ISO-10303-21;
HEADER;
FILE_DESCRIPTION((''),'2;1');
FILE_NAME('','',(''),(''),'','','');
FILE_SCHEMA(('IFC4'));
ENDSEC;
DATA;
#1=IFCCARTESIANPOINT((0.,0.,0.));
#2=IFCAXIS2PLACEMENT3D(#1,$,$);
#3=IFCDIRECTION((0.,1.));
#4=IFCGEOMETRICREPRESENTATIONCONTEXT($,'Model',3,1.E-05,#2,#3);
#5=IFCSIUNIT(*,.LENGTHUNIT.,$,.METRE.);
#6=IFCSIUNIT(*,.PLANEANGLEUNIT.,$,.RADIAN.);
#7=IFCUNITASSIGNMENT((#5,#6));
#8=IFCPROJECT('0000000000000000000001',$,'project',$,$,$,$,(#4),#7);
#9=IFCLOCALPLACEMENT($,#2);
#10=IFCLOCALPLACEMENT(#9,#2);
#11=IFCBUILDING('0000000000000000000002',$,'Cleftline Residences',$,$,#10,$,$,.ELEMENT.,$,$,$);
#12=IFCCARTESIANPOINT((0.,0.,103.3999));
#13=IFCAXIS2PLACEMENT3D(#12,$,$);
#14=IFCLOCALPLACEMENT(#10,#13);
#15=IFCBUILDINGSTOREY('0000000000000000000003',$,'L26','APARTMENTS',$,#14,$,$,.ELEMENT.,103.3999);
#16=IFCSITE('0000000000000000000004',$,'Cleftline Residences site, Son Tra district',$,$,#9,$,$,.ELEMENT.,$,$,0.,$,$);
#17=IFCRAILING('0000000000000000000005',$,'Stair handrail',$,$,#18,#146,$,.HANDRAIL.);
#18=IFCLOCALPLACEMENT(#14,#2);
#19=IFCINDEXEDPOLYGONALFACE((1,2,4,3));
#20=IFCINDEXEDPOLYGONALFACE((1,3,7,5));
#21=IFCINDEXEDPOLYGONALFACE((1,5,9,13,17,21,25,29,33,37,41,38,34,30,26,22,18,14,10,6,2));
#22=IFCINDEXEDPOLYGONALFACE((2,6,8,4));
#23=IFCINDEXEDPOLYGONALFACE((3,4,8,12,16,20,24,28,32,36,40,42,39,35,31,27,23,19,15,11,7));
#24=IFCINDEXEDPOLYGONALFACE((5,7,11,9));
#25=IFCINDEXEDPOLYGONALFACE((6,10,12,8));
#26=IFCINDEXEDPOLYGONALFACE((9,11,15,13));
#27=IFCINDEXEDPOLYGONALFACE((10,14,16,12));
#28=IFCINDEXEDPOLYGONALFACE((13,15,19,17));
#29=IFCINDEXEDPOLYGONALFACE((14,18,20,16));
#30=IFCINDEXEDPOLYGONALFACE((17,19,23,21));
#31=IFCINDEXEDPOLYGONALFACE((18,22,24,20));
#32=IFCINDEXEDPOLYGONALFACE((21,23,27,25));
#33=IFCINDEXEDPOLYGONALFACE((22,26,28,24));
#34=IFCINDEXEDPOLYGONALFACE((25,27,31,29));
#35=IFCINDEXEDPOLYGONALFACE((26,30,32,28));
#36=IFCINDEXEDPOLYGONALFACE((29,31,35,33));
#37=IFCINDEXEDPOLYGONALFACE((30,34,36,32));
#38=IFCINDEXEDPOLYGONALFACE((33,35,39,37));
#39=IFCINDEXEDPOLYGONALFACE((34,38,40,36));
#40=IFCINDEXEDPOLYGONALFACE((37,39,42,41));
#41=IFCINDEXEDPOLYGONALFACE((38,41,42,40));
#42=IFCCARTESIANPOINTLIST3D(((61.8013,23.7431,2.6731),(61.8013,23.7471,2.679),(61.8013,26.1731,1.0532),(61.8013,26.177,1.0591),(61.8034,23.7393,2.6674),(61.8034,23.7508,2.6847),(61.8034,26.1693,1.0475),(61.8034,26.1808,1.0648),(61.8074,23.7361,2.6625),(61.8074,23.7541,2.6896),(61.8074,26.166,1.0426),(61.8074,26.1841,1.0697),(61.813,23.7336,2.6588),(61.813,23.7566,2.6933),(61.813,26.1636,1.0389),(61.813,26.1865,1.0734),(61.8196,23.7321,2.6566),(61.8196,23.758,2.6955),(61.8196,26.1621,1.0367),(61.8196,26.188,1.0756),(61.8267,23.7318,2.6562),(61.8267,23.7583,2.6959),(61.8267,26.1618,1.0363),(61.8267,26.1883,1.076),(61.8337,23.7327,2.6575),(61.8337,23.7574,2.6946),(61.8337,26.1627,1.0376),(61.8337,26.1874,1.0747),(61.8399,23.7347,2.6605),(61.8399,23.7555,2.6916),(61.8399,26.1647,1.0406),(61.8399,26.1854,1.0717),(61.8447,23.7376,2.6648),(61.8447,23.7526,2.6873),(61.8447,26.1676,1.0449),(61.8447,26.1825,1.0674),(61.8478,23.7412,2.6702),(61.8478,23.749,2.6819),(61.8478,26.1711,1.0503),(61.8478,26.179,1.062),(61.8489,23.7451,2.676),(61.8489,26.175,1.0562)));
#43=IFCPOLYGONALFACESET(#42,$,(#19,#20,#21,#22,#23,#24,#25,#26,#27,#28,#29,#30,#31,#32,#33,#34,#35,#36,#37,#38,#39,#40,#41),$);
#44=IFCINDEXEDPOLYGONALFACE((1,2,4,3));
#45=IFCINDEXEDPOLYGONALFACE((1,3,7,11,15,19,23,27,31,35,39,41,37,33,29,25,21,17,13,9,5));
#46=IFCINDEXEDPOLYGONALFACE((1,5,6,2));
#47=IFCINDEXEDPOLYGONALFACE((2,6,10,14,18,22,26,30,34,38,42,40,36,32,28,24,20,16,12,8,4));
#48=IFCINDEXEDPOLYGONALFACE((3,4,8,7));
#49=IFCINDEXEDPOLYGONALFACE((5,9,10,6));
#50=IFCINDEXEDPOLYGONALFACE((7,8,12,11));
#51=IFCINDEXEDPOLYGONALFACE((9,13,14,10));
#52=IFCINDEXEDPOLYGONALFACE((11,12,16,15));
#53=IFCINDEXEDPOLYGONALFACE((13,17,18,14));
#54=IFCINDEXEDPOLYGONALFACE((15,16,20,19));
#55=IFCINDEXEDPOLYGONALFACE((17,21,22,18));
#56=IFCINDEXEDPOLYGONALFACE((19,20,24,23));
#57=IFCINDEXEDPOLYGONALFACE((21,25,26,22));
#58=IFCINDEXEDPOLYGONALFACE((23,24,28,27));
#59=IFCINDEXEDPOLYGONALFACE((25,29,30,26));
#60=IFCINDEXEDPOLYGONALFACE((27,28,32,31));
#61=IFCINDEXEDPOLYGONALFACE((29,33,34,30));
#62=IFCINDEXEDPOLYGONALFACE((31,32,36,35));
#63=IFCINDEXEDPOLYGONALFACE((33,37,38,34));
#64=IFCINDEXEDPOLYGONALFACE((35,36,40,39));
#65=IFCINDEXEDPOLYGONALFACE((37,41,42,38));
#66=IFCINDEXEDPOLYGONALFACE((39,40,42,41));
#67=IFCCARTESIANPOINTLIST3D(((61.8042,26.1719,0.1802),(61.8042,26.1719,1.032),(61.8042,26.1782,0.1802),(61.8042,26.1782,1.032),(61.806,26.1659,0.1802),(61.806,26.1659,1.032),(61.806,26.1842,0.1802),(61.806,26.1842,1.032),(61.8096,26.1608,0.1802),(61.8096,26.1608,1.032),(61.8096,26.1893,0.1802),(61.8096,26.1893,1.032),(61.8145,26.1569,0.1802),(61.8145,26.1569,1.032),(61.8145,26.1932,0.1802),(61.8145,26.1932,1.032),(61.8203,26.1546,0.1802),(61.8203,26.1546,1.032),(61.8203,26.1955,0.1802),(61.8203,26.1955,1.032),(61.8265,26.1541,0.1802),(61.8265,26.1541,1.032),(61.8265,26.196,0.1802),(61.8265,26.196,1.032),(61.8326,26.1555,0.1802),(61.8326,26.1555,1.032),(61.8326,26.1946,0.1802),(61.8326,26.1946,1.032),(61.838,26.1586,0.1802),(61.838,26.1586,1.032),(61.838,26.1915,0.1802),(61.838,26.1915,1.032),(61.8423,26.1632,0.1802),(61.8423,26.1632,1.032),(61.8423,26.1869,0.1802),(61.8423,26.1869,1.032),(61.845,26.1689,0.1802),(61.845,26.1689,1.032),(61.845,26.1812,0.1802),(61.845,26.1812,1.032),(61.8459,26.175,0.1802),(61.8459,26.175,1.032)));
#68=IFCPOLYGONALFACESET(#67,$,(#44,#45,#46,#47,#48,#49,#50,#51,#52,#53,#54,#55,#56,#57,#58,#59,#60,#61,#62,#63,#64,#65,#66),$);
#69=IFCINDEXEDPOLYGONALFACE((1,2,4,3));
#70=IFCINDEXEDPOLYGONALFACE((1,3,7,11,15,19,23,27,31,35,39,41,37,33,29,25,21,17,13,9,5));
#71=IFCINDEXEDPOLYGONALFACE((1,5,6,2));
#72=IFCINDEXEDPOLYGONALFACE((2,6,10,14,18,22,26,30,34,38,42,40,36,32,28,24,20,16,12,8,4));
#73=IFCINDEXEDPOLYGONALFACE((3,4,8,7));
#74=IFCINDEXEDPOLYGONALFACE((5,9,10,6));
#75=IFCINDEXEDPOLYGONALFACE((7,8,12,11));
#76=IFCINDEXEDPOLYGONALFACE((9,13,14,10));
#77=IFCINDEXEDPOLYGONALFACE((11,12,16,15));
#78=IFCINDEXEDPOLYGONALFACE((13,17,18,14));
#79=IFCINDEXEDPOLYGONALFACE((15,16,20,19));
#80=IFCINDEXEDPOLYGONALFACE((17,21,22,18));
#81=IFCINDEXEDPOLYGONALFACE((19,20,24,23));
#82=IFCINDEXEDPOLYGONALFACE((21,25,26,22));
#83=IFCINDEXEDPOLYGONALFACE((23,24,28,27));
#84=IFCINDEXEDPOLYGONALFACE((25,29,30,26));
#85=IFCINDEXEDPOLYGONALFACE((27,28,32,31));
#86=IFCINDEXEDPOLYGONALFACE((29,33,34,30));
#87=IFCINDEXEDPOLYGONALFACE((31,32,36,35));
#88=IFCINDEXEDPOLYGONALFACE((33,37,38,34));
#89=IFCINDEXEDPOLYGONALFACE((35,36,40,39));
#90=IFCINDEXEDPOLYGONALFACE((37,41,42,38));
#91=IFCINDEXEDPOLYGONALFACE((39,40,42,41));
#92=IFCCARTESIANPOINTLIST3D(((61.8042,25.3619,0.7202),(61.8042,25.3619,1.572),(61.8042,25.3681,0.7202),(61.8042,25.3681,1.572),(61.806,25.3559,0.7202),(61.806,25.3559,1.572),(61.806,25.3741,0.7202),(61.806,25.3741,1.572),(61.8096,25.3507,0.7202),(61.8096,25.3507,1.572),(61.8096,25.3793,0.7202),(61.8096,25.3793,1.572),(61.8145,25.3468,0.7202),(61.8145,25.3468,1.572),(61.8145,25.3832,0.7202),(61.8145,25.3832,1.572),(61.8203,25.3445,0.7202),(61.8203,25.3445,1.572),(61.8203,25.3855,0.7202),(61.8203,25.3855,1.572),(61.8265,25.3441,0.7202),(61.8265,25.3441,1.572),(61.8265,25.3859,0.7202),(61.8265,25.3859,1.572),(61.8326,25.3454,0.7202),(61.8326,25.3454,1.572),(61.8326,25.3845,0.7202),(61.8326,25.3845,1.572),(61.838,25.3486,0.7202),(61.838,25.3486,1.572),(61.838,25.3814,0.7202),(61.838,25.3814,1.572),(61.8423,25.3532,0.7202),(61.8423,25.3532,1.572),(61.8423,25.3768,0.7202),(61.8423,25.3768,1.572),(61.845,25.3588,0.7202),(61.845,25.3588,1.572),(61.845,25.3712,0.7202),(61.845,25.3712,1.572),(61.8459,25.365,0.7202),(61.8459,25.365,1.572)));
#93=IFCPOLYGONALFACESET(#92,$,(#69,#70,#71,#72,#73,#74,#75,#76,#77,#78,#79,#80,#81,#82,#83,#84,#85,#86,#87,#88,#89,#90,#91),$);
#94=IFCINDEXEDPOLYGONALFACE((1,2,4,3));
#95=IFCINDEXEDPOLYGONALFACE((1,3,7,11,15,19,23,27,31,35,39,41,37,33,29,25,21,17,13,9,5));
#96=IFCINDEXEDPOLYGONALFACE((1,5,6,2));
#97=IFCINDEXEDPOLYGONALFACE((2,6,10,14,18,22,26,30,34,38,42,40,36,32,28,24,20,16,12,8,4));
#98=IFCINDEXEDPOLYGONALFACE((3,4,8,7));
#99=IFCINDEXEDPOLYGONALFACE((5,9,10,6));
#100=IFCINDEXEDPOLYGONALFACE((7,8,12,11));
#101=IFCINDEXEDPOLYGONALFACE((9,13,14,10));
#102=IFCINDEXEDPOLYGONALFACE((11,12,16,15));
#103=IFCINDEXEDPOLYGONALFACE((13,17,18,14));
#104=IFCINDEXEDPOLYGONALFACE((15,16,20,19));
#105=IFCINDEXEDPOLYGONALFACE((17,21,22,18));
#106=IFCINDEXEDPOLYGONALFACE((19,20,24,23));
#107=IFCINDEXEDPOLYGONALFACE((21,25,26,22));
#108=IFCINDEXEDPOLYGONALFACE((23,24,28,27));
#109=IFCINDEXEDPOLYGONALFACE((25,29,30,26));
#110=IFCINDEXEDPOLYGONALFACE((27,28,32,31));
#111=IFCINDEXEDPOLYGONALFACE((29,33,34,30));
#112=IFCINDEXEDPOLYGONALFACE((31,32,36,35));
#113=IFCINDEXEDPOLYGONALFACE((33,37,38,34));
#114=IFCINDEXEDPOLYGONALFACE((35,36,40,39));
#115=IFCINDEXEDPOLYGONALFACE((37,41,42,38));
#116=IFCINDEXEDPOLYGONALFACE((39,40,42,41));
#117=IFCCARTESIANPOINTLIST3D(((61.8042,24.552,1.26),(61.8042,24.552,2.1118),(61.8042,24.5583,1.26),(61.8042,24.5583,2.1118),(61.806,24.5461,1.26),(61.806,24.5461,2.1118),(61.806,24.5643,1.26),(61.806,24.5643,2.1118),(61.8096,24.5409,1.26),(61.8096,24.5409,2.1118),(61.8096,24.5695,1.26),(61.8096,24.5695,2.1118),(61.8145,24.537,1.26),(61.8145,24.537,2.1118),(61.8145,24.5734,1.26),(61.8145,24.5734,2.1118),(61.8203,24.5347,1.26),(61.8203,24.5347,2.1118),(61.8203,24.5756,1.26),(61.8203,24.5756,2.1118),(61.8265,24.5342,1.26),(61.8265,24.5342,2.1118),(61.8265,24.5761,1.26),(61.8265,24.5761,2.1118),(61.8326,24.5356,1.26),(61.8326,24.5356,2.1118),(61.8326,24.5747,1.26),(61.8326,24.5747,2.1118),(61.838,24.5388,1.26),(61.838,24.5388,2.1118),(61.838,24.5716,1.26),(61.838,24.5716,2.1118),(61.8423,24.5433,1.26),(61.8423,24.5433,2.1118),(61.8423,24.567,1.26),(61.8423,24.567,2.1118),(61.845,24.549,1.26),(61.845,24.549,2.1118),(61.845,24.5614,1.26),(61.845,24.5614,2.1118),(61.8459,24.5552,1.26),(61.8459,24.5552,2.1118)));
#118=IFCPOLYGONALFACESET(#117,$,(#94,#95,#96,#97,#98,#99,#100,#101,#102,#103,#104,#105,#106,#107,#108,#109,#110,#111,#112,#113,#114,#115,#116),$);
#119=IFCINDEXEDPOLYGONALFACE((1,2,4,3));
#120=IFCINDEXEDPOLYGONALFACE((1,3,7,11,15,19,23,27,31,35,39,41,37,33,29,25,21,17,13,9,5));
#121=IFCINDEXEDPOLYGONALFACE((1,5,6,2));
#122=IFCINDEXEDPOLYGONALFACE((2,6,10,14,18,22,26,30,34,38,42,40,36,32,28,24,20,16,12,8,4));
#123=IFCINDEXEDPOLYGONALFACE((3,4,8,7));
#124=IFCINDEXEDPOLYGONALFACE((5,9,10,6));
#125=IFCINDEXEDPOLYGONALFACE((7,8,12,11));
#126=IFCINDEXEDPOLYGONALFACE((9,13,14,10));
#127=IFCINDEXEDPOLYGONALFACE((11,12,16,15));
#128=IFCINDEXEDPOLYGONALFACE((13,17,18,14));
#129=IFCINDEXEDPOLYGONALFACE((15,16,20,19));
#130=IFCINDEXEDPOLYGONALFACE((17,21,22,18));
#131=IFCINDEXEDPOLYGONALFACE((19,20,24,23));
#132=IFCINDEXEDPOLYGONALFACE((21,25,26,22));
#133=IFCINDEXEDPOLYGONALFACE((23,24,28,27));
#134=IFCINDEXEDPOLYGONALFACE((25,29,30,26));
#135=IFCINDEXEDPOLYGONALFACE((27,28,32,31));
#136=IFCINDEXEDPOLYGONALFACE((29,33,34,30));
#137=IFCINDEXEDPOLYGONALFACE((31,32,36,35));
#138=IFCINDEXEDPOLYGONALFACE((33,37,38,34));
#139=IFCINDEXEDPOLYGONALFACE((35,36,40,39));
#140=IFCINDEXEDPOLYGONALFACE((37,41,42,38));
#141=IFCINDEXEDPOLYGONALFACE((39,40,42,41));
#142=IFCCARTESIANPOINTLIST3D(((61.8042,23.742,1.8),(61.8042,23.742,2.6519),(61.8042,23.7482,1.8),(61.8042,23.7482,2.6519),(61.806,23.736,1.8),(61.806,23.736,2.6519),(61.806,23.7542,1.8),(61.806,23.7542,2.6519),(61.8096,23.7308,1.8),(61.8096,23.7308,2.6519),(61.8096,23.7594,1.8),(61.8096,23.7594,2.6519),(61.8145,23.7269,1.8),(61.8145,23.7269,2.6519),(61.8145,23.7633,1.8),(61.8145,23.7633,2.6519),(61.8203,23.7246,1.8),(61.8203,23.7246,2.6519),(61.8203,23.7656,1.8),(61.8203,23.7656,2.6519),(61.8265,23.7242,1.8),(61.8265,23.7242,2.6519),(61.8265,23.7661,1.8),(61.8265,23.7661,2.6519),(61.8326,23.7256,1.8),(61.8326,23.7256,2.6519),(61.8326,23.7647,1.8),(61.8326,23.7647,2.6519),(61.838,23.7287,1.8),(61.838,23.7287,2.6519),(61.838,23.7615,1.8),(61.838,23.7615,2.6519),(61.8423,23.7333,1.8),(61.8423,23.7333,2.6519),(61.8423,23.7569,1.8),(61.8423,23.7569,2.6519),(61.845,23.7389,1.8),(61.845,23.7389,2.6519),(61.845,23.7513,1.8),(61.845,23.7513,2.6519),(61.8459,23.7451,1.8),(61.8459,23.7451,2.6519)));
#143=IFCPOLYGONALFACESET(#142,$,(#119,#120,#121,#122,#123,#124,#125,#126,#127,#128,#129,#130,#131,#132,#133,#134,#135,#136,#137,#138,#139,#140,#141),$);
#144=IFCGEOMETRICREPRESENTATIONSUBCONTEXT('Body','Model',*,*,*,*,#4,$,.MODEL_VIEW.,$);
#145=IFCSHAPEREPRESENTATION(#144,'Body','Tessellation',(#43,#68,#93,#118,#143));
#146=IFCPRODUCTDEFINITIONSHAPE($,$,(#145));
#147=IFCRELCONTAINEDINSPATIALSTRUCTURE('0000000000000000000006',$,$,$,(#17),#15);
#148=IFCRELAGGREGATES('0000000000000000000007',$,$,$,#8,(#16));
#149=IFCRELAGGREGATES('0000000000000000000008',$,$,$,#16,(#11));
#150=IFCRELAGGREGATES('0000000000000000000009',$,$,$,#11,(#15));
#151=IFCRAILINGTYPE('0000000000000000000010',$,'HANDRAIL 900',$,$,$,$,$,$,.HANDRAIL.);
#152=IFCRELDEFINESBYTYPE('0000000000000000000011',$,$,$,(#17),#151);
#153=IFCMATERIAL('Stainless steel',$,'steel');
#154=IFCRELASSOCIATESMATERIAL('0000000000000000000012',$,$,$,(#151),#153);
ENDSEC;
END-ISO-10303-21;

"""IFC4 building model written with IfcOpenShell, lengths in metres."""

from ifc_helpers import new_model, si_unit, direction, frame, origin, origin_2d, place, context, subcontext, project, spatial, circle, extrude, material, type_object, element, save


model = new_model("IFC4")

# Units and contexts
model_context = context("Model", 3, precision=1e-05, world=origin(), true_north=direction((0.0, 1.0)))
body_context = subcontext(model_context, "Body", "Model", "MODEL_VIEW")
ifc_project = project(units=[si_unit("LENGTHUNIT", "METRE"), si_unit("PLANEANGLEUNIT", "RADIAN")], contexts=[model_context])

# Site, building, storey
site_placement = place(None, origin())
site = spatial("IfcSite", under=ifc_project, at=site_placement, Name="Cleftline Residences site, Son Tra district", CompositionType="ELEMENT", RefElevation=0.0)
building_placement = place(site_placement, origin())
building = spatial("IfcBuilding", under=site, at=building_placement, Name="Cleftline Residences", CompositionType="ELEMENT")
storey_placement = place(building_placement, frame((0.0, 0.0, 103.3999)))
storey = spatial("IfcBuildingStorey", under=building, at=storey_placement, Name="L26", Description="APARTMENTS", CompositionType="ELEMENT", Elevation=103.3999)

# Railing
ifc_material_1 = material(Name="Stainless steel", Category="steel")
railing_type = type_object("IfcRailingType", Name="HANDRAIL 900", PredefinedType="HANDRAIL", material=ifc_material_1)
railing_placement = place(storey_placement, frame((61.825, 26.175, 0.1802)))
element("IfcRailing", 1, at=railing_placement, inside=storey, type_object=railing_type, Name="Stair handrail", PredefinedType="HANDRAIL", context=body_context, shape_type="SweptSolid", body=[
    extrude(circle(Radius=0.0239, at=origin_2d()), frame((0.0, 0.0, 0.876), z_axis=(0.0, -0.832063, 0.554681), x_axis=(1.0, 0.0, 0.0)), (0.0, 0.0, 1.0), 2.9204),
    extrude(circle(Radius=0.021, at=origin_2d()), origin(), (0.0, 0.0, 1.0), 0.8518),
    extrude(circle(Radius=0.021, at=origin_2d()), frame((0.0, -0.8101, 0.54)), (0.0, 0.0, 1.0), 0.8518),
    extrude(circle(Radius=0.021, at=origin_2d()), frame((0.0, -1.6199, 1.0798)), (0.0, 0.0, 1.0), 0.8518),
    extrude(circle(Radius=0.021, at=origin_2d()), frame((0.0, -2.4299, 1.6199)), (0.0, 0.0, 1.0), 0.8518),
])

save(model, "model.ifc")
